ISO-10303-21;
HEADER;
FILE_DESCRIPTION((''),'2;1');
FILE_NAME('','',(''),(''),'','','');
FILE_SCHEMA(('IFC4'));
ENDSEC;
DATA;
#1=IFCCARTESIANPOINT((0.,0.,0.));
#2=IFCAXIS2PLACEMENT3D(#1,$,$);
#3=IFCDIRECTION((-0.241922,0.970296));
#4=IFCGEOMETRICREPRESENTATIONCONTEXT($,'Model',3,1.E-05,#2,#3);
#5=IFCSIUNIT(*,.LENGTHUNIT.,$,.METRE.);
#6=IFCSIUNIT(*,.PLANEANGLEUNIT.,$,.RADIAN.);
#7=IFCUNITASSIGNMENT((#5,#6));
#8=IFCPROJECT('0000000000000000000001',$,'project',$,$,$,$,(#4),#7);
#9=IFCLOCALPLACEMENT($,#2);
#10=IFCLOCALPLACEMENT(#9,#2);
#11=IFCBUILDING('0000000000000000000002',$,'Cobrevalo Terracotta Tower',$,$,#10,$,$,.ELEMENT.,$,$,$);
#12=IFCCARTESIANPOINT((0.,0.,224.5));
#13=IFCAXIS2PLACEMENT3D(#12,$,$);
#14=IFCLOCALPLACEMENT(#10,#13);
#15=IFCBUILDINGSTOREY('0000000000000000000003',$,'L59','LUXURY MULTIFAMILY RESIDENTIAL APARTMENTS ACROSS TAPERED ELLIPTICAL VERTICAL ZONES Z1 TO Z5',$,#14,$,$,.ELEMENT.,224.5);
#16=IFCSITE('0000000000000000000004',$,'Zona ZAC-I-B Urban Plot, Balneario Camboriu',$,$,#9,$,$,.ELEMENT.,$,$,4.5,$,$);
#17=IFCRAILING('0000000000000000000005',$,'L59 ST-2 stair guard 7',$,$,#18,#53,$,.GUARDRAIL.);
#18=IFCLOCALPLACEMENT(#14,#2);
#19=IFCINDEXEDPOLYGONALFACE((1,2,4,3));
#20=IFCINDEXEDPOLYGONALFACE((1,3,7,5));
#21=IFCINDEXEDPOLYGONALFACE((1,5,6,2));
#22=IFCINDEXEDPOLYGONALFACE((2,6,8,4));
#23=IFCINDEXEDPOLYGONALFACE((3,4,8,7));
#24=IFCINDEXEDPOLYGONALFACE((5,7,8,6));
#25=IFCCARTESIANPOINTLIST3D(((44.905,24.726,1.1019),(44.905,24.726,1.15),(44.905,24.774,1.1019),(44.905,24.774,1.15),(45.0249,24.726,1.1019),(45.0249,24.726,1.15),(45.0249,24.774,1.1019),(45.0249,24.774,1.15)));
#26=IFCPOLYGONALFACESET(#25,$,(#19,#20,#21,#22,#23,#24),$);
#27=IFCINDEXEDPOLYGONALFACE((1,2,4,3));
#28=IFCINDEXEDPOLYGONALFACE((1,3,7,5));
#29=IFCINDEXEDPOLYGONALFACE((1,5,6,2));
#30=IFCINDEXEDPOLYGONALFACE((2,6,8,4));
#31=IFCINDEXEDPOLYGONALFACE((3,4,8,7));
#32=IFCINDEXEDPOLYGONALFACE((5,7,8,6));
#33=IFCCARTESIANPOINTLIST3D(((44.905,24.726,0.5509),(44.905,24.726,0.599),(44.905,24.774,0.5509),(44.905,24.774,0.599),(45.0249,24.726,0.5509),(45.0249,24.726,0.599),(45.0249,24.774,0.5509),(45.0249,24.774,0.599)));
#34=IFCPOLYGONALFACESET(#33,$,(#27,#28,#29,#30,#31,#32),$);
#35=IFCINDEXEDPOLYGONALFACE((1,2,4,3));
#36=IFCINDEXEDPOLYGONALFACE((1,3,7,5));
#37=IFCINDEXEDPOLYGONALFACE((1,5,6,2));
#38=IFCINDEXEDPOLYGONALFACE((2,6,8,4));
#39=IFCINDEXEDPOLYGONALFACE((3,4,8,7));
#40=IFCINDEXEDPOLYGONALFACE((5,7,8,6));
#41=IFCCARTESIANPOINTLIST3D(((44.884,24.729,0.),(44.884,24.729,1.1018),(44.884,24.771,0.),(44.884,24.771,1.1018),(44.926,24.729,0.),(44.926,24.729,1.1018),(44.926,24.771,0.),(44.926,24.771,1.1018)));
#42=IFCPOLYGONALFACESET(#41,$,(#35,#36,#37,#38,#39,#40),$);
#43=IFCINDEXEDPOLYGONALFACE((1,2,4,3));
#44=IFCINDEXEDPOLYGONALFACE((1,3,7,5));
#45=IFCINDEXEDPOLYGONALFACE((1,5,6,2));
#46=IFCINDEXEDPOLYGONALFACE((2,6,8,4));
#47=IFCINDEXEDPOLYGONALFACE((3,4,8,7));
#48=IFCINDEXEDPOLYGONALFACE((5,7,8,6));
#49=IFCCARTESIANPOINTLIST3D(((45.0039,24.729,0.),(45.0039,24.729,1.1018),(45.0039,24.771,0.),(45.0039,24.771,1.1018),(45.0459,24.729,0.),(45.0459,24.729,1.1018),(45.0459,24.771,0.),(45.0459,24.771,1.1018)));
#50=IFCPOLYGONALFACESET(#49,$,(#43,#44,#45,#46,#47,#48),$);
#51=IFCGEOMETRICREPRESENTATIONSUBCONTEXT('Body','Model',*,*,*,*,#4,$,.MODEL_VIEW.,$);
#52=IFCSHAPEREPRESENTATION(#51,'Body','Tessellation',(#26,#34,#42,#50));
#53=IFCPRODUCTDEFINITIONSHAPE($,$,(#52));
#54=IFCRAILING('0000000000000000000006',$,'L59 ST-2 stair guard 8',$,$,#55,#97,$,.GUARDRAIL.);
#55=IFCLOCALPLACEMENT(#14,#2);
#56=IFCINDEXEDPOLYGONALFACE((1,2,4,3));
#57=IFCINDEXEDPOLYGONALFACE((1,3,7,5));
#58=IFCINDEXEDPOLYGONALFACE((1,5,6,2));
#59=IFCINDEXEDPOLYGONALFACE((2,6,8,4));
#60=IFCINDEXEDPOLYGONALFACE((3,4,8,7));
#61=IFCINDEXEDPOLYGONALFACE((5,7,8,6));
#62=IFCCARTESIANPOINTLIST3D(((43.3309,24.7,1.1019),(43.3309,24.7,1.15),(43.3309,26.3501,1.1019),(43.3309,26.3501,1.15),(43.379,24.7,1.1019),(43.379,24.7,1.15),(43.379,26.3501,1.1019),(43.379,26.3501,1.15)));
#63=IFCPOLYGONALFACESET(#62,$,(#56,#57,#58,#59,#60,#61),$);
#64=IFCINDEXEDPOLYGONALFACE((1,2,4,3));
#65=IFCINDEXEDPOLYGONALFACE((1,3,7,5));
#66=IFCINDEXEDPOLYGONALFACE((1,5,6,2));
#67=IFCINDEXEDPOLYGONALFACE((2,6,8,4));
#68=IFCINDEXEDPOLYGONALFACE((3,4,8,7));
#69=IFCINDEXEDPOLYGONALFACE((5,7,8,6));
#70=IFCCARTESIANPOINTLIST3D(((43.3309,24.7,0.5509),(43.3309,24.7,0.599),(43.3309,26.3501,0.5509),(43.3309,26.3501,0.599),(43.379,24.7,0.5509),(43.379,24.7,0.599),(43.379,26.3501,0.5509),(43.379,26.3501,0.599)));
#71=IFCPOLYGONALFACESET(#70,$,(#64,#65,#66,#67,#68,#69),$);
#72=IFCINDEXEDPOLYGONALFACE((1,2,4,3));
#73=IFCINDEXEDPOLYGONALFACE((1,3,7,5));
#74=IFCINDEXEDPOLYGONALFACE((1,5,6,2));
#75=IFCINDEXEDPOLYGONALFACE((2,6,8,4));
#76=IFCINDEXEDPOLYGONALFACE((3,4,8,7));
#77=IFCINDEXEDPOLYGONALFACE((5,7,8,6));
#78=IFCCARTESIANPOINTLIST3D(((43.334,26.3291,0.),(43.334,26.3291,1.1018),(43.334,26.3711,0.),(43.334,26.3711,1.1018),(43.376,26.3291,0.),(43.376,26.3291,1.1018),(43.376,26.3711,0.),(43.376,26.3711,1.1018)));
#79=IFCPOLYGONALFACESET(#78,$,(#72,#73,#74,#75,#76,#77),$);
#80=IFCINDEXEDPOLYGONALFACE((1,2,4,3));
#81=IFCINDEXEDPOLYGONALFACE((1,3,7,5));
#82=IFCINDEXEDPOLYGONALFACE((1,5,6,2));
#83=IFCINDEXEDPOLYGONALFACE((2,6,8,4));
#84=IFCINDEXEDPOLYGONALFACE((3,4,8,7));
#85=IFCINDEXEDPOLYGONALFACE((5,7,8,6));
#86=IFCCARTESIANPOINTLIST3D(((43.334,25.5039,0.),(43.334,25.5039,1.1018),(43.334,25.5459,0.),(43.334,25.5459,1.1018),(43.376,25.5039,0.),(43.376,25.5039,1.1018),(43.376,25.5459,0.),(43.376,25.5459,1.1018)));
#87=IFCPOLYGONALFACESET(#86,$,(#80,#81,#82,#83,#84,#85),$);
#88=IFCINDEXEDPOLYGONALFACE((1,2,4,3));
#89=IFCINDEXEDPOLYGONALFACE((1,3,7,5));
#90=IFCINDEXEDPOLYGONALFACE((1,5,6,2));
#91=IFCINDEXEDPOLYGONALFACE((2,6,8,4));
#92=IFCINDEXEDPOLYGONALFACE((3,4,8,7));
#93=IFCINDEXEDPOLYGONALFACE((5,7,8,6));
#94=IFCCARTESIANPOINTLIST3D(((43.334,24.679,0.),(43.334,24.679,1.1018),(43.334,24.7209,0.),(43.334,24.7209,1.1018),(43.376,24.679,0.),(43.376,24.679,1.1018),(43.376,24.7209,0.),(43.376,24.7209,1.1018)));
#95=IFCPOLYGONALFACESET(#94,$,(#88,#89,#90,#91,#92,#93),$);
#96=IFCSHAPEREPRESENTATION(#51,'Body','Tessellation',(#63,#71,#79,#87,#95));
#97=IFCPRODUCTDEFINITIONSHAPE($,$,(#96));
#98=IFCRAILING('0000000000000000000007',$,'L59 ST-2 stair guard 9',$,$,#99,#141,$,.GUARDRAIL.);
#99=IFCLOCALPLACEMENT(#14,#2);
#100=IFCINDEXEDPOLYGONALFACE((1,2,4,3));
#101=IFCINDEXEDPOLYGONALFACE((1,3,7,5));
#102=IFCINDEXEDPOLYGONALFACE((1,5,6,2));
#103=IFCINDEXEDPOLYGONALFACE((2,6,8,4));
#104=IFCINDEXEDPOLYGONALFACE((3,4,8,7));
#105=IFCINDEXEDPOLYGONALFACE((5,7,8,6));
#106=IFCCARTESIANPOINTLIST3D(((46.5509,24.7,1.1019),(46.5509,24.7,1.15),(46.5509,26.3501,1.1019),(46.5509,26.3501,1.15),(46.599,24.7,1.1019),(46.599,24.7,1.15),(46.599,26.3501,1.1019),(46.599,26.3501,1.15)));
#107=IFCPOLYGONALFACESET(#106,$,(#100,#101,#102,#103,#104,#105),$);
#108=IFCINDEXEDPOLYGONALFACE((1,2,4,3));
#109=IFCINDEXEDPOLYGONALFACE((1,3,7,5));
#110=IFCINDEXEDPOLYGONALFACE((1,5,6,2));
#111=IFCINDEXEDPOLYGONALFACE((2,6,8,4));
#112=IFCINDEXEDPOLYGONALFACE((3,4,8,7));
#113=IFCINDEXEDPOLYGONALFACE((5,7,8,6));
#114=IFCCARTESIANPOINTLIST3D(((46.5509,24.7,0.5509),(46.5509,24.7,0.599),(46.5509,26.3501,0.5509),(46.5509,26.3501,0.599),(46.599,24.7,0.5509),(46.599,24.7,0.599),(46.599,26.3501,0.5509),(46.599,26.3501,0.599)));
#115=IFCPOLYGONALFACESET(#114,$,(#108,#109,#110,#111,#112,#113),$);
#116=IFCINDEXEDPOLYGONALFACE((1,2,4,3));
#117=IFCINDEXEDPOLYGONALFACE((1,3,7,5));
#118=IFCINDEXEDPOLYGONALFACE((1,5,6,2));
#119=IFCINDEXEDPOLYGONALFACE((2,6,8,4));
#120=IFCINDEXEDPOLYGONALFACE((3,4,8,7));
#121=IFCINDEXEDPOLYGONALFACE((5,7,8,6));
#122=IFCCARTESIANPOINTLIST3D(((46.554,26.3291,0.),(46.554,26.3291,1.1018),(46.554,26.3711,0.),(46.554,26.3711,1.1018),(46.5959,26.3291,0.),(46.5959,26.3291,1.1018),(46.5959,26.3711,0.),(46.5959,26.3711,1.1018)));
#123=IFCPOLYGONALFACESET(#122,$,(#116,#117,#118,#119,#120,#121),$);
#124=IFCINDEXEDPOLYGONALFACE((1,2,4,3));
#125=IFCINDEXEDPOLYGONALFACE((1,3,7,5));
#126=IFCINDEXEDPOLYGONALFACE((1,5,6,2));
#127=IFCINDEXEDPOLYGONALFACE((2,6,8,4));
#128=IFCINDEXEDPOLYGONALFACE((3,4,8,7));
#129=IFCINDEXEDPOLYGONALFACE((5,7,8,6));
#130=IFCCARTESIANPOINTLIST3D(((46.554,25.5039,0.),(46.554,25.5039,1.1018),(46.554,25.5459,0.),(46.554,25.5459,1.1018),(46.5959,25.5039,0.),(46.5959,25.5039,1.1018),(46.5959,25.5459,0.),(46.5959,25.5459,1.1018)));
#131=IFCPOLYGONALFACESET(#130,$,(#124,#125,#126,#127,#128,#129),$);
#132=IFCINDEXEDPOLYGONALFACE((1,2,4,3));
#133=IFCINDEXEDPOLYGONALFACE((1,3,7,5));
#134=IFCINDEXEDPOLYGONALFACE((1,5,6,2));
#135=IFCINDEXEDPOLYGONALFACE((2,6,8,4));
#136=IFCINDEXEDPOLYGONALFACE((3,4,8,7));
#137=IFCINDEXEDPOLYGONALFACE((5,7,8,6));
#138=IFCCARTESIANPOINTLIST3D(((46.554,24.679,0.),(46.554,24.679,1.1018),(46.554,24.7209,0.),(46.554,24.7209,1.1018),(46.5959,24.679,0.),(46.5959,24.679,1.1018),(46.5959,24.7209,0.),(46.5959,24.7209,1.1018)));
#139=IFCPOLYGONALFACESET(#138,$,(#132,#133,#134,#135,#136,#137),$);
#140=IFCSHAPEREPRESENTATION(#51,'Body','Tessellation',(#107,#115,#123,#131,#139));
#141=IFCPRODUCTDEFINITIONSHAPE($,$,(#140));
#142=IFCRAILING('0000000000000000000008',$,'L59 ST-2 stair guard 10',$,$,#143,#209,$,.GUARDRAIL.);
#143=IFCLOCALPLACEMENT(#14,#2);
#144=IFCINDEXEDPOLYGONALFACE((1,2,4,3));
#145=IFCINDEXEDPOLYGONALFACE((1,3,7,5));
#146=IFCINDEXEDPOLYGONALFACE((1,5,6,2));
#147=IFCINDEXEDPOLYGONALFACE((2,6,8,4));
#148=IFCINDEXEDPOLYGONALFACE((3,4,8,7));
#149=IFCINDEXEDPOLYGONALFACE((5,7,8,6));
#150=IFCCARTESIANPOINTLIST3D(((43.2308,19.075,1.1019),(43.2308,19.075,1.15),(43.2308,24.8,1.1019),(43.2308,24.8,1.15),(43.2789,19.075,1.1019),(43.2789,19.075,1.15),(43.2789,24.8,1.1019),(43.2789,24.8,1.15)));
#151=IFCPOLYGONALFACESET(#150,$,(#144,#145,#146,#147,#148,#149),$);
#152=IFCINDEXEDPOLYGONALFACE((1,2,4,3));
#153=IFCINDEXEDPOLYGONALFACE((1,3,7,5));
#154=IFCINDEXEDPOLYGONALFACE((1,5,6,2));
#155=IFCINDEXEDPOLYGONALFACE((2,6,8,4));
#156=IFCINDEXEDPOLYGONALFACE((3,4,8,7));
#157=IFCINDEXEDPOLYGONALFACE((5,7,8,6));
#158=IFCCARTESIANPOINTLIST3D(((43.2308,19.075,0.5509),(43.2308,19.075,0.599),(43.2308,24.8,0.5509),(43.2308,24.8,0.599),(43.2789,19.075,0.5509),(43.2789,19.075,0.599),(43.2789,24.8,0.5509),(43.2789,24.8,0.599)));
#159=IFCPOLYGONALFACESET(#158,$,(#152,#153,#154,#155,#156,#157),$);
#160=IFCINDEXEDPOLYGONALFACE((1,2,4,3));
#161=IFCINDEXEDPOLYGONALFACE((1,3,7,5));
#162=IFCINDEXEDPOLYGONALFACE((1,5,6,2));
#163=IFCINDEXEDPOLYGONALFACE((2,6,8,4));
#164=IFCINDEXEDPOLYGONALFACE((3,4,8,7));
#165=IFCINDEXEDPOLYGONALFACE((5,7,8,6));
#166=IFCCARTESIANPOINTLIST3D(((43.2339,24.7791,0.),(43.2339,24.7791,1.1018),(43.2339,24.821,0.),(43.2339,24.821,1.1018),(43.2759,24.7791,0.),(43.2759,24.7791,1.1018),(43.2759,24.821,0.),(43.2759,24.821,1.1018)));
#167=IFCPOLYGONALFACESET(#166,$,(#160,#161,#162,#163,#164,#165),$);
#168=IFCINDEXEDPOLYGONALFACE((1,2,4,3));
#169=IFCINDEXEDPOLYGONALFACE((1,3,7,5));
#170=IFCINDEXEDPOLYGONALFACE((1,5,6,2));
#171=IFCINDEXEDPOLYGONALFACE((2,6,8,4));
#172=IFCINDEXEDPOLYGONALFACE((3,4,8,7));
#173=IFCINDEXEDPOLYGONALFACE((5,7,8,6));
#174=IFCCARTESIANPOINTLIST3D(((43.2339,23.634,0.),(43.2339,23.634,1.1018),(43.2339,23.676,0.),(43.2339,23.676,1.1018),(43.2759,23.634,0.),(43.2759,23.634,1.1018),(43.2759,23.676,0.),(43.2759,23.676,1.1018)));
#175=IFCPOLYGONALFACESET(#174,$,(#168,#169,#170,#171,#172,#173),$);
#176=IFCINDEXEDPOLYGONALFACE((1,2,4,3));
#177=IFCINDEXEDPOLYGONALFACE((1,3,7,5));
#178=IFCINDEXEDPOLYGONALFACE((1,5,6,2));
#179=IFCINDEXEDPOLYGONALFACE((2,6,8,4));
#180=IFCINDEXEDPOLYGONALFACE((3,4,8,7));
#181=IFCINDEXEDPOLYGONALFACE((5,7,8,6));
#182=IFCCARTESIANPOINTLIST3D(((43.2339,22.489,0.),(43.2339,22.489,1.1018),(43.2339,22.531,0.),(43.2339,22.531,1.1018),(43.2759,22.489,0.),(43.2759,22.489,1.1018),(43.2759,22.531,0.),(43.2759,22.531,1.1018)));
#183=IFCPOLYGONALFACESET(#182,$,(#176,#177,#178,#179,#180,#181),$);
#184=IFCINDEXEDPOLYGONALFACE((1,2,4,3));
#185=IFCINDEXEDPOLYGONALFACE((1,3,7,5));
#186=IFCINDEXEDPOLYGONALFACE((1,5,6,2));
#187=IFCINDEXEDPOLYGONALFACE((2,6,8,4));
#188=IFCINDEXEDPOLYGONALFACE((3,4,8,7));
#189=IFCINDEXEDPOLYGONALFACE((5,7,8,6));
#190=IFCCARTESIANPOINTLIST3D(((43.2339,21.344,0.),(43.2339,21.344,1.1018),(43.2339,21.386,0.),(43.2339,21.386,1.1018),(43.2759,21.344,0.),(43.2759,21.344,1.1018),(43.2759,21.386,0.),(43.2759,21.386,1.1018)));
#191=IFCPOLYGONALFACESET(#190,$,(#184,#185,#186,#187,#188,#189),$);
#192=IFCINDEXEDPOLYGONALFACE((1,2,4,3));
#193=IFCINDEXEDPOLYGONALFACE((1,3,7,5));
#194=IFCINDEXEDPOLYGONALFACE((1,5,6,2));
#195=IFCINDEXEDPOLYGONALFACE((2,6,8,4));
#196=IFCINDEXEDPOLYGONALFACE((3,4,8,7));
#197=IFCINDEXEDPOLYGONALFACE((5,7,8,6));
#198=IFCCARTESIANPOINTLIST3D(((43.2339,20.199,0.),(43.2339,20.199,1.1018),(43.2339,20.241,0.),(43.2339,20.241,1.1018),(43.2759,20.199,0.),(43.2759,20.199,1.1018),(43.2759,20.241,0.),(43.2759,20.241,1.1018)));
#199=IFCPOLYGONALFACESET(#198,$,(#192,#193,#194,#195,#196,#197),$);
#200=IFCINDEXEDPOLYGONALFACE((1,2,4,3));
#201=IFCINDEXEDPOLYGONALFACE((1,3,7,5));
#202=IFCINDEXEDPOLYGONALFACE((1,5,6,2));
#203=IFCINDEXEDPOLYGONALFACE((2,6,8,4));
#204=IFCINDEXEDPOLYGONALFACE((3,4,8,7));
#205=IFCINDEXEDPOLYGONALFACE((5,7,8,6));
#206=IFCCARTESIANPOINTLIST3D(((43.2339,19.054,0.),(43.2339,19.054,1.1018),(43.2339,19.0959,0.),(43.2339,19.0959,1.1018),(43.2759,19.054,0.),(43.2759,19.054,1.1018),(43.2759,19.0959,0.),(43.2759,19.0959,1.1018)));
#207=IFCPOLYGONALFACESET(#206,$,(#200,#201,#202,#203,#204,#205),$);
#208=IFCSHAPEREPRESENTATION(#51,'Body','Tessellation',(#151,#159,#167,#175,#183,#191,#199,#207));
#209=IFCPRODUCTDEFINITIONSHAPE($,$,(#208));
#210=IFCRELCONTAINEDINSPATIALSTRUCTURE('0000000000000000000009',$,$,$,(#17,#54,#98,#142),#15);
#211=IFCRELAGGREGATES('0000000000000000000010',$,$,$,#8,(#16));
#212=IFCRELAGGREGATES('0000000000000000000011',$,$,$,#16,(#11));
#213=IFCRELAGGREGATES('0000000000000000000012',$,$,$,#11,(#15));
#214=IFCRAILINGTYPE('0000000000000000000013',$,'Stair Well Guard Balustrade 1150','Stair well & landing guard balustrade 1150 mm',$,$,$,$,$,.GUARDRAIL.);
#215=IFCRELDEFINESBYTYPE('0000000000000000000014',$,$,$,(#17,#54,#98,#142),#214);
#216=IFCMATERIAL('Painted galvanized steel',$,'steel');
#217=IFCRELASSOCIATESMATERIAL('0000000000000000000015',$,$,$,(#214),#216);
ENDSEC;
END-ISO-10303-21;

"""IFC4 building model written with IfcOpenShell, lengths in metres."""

from ifc_helpers import new_model, si_unit, direction, frame, origin, origin_2d, place, context, subcontext, project, spatial, rectangle, extrude, material, type_object, element, save


model = new_model("IFC4")

# Units and contexts
model_context = context("Model", 3, precision=1e-05, world=origin(), true_north=direction((-0.241922, 0.970296)))
body_context = subcontext(model_context, "Body", "Model", "MODEL_VIEW")
ifc_project = project(units=[si_unit("LENGTHUNIT", "METRE"), si_unit("PLANEANGLEUNIT", "RADIAN")], contexts=[model_context])

# Site, building, storey
site_placement = place(None, origin())
site = spatial("IfcSite", under=ifc_project, at=site_placement, Name="Zona ZAC-I-B Urban Plot, Balneario Camboriu", CompositionType="ELEMENT", RefElevation=4.5)
building_placement = place(site_placement, origin())
building = spatial("IfcBuilding", under=site, at=building_placement, Name="Cobrevalo Terracotta Tower", CompositionType="ELEMENT")
storey_placement = place(building_placement, frame((0.0, 0.0, 224.5)))
storey = spatial("IfcBuildingStorey", under=building, at=storey_placement, Name="L59", Description="LUXURY MULTIFAMILY RESIDENTIAL APARTMENTS ACROSS TAPERED ELLIPTICAL VERTICAL ZONES Z1 TO Z5", CompositionType="ELEMENT", Elevation=224.5)

# Railings
ifc_material_1 = material(Name="Painted galvanized steel", Category="steel")
railing_type = type_object("IfcRailingType", Name="Stair Well Guard Balustrade 1150", Description="Stair well & landing guard balustrade 1150 mm", PredefinedType="GUARDRAIL", material=ifc_material_1)
railing_1_placement = place(storey_placement, frame((44.905, 24.75, 0.0)))
element("IfcRailing", 1, at=railing_1_placement, inside=storey, type_object=railing_type, Name="L59 ST-2 stair guard 7", PredefinedType="GUARDRAIL", context=body_context, shape_type="SweptSolid", body=[
    extrude(rectangle(XDim=0.0481, YDim=0.0481, at=origin_2d()), frame((0.0, 0.0, 1.126), z_axis=(1.0, 0.0, 0.0), x_axis=(0.0, 1.0, 0.0)), (0.0, 0.0, 1.0), 0.1199),
    extrude(rectangle(XDim=0.0481, YDim=0.0481, at=origin_2d()), frame((0.0, 0.0, 0.575), z_axis=(1.0, 0.0, 0.0), x_axis=(0.0, 1.0, 0.0)), (0.0, 0.0, 1.0), 0.1199),
    extrude(rectangle(XDim=0.042, YDim=0.042, at=origin_2d()), origin(), (0.0, 0.0, 1.0), 1.1018),
    extrude(rectangle(XDim=0.042, YDim=0.042, at=origin_2d()), frame((0.1199, 0.0, 0.0)), (0.0, 0.0, 1.0), 1.1018),
])
for number, where, name in (
    (2, (43.355, 26.3501, 0.0), "L59 ST-2 stair guard 8"),
    (3, (46.575, 26.3501, 0.0), "L59 ST-2 stair guard 9"),
):
    element("IfcRailing", number, at=place(storey_placement, frame(where)), inside=storey, type_object=railing_type, Name=name, PredefinedType="GUARDRAIL", context=body_context, shape_type="SweptSolid", body=[
        extrude(rectangle(XDim=0.0481, YDim=0.0481, at=origin_2d()), frame((0.0, 0.0, 1.126), z_axis=(0.0, -1.0, 0.0), x_axis=(1.0, 0.0, 0.0)), (0.0, 0.0, 1.0), 1.6501),
        extrude(rectangle(XDim=0.0481, YDim=0.0481, at=origin_2d()), frame((0.0, 0.0, 0.575), z_axis=(0.0, -1.0, 0.0), x_axis=(1.0, 0.0, 0.0)), (0.0, 0.0, 1.0), 1.6501),
        extrude(rectangle(XDim=0.042, YDim=0.042, at=origin_2d()), origin(), (0.0, 0.0, 1.0), 1.1018),
        extrude(rectangle(XDim=0.042, YDim=0.042, at=origin_2d()), frame((0.0, -0.8252, 0.0)), (0.0, 0.0, 1.0), 1.1018),
        extrude(rectangle(XDim=0.042, YDim=0.042, at=origin_2d()), frame((0.0, -1.6501, 0.0)), (0.0, 0.0, 1.0), 1.1018),
    ])
for number, where, name in (
    (4, (43.2549, 24.8, 0.0), "L59 ST-2 stair guard 10"),
):
    element("IfcRailing", number, at=place(storey_placement, frame(where)), inside=storey, type_object=railing_type, Name=name, PredefinedType="GUARDRAIL", context=body_context, shape_type="SweptSolid", body=[
        extrude(rectangle(XDim=0.0481, YDim=0.0481, at=origin_2d()), frame((0.0, 0.0, 1.126), z_axis=(0.0, -1.0, 0.0), x_axis=(1.0, 0.0, 0.0)), (0.0, 0.0, 1.0), 5.7251),
        extrude(rectangle(XDim=0.0481, YDim=0.0481, at=origin_2d()), frame((0.0, 0.0, 0.575), z_axis=(0.0, -1.0, 0.0), x_axis=(1.0, 0.0, 0.0)), (0.0, 0.0, 1.0), 5.7251),
        extrude(rectangle(XDim=0.042, YDim=0.042, at=origin_2d()), origin(), (0.0, 0.0, 1.0), 1.1018),
        extrude(rectangle(XDim=0.042, YDim=0.042, at=origin_2d()), frame((0.0, -1.145, 0.0)), (0.0, 0.0, 1.0), 1.1018),
        extrude(rectangle(XDim=0.042, YDim=0.042, at=origin_2d()), frame((0.0, -2.29, 0.0)), (0.0, 0.0, 1.0), 1.1018),
        extrude(rectangle(XDim=0.042, YDim=0.042, at=origin_2d()), frame((0.0, -3.4351, 0.0)), (0.0, 0.0, 1.0), 1.1018),
        extrude(rectangle(XDim=0.042, YDim=0.042, at=origin_2d()), frame((0.0, -4.5801, 0.0)), (0.0, 0.0, 1.0), 1.1018),
        extrude(rectangle(XDim=0.042, YDim=0.042, at=origin_2d()), frame((0.0, -5.7251, 0.0)), (0.0, 0.0, 1.0), 1.1018),
    ])

save(model, "model.ifc")
